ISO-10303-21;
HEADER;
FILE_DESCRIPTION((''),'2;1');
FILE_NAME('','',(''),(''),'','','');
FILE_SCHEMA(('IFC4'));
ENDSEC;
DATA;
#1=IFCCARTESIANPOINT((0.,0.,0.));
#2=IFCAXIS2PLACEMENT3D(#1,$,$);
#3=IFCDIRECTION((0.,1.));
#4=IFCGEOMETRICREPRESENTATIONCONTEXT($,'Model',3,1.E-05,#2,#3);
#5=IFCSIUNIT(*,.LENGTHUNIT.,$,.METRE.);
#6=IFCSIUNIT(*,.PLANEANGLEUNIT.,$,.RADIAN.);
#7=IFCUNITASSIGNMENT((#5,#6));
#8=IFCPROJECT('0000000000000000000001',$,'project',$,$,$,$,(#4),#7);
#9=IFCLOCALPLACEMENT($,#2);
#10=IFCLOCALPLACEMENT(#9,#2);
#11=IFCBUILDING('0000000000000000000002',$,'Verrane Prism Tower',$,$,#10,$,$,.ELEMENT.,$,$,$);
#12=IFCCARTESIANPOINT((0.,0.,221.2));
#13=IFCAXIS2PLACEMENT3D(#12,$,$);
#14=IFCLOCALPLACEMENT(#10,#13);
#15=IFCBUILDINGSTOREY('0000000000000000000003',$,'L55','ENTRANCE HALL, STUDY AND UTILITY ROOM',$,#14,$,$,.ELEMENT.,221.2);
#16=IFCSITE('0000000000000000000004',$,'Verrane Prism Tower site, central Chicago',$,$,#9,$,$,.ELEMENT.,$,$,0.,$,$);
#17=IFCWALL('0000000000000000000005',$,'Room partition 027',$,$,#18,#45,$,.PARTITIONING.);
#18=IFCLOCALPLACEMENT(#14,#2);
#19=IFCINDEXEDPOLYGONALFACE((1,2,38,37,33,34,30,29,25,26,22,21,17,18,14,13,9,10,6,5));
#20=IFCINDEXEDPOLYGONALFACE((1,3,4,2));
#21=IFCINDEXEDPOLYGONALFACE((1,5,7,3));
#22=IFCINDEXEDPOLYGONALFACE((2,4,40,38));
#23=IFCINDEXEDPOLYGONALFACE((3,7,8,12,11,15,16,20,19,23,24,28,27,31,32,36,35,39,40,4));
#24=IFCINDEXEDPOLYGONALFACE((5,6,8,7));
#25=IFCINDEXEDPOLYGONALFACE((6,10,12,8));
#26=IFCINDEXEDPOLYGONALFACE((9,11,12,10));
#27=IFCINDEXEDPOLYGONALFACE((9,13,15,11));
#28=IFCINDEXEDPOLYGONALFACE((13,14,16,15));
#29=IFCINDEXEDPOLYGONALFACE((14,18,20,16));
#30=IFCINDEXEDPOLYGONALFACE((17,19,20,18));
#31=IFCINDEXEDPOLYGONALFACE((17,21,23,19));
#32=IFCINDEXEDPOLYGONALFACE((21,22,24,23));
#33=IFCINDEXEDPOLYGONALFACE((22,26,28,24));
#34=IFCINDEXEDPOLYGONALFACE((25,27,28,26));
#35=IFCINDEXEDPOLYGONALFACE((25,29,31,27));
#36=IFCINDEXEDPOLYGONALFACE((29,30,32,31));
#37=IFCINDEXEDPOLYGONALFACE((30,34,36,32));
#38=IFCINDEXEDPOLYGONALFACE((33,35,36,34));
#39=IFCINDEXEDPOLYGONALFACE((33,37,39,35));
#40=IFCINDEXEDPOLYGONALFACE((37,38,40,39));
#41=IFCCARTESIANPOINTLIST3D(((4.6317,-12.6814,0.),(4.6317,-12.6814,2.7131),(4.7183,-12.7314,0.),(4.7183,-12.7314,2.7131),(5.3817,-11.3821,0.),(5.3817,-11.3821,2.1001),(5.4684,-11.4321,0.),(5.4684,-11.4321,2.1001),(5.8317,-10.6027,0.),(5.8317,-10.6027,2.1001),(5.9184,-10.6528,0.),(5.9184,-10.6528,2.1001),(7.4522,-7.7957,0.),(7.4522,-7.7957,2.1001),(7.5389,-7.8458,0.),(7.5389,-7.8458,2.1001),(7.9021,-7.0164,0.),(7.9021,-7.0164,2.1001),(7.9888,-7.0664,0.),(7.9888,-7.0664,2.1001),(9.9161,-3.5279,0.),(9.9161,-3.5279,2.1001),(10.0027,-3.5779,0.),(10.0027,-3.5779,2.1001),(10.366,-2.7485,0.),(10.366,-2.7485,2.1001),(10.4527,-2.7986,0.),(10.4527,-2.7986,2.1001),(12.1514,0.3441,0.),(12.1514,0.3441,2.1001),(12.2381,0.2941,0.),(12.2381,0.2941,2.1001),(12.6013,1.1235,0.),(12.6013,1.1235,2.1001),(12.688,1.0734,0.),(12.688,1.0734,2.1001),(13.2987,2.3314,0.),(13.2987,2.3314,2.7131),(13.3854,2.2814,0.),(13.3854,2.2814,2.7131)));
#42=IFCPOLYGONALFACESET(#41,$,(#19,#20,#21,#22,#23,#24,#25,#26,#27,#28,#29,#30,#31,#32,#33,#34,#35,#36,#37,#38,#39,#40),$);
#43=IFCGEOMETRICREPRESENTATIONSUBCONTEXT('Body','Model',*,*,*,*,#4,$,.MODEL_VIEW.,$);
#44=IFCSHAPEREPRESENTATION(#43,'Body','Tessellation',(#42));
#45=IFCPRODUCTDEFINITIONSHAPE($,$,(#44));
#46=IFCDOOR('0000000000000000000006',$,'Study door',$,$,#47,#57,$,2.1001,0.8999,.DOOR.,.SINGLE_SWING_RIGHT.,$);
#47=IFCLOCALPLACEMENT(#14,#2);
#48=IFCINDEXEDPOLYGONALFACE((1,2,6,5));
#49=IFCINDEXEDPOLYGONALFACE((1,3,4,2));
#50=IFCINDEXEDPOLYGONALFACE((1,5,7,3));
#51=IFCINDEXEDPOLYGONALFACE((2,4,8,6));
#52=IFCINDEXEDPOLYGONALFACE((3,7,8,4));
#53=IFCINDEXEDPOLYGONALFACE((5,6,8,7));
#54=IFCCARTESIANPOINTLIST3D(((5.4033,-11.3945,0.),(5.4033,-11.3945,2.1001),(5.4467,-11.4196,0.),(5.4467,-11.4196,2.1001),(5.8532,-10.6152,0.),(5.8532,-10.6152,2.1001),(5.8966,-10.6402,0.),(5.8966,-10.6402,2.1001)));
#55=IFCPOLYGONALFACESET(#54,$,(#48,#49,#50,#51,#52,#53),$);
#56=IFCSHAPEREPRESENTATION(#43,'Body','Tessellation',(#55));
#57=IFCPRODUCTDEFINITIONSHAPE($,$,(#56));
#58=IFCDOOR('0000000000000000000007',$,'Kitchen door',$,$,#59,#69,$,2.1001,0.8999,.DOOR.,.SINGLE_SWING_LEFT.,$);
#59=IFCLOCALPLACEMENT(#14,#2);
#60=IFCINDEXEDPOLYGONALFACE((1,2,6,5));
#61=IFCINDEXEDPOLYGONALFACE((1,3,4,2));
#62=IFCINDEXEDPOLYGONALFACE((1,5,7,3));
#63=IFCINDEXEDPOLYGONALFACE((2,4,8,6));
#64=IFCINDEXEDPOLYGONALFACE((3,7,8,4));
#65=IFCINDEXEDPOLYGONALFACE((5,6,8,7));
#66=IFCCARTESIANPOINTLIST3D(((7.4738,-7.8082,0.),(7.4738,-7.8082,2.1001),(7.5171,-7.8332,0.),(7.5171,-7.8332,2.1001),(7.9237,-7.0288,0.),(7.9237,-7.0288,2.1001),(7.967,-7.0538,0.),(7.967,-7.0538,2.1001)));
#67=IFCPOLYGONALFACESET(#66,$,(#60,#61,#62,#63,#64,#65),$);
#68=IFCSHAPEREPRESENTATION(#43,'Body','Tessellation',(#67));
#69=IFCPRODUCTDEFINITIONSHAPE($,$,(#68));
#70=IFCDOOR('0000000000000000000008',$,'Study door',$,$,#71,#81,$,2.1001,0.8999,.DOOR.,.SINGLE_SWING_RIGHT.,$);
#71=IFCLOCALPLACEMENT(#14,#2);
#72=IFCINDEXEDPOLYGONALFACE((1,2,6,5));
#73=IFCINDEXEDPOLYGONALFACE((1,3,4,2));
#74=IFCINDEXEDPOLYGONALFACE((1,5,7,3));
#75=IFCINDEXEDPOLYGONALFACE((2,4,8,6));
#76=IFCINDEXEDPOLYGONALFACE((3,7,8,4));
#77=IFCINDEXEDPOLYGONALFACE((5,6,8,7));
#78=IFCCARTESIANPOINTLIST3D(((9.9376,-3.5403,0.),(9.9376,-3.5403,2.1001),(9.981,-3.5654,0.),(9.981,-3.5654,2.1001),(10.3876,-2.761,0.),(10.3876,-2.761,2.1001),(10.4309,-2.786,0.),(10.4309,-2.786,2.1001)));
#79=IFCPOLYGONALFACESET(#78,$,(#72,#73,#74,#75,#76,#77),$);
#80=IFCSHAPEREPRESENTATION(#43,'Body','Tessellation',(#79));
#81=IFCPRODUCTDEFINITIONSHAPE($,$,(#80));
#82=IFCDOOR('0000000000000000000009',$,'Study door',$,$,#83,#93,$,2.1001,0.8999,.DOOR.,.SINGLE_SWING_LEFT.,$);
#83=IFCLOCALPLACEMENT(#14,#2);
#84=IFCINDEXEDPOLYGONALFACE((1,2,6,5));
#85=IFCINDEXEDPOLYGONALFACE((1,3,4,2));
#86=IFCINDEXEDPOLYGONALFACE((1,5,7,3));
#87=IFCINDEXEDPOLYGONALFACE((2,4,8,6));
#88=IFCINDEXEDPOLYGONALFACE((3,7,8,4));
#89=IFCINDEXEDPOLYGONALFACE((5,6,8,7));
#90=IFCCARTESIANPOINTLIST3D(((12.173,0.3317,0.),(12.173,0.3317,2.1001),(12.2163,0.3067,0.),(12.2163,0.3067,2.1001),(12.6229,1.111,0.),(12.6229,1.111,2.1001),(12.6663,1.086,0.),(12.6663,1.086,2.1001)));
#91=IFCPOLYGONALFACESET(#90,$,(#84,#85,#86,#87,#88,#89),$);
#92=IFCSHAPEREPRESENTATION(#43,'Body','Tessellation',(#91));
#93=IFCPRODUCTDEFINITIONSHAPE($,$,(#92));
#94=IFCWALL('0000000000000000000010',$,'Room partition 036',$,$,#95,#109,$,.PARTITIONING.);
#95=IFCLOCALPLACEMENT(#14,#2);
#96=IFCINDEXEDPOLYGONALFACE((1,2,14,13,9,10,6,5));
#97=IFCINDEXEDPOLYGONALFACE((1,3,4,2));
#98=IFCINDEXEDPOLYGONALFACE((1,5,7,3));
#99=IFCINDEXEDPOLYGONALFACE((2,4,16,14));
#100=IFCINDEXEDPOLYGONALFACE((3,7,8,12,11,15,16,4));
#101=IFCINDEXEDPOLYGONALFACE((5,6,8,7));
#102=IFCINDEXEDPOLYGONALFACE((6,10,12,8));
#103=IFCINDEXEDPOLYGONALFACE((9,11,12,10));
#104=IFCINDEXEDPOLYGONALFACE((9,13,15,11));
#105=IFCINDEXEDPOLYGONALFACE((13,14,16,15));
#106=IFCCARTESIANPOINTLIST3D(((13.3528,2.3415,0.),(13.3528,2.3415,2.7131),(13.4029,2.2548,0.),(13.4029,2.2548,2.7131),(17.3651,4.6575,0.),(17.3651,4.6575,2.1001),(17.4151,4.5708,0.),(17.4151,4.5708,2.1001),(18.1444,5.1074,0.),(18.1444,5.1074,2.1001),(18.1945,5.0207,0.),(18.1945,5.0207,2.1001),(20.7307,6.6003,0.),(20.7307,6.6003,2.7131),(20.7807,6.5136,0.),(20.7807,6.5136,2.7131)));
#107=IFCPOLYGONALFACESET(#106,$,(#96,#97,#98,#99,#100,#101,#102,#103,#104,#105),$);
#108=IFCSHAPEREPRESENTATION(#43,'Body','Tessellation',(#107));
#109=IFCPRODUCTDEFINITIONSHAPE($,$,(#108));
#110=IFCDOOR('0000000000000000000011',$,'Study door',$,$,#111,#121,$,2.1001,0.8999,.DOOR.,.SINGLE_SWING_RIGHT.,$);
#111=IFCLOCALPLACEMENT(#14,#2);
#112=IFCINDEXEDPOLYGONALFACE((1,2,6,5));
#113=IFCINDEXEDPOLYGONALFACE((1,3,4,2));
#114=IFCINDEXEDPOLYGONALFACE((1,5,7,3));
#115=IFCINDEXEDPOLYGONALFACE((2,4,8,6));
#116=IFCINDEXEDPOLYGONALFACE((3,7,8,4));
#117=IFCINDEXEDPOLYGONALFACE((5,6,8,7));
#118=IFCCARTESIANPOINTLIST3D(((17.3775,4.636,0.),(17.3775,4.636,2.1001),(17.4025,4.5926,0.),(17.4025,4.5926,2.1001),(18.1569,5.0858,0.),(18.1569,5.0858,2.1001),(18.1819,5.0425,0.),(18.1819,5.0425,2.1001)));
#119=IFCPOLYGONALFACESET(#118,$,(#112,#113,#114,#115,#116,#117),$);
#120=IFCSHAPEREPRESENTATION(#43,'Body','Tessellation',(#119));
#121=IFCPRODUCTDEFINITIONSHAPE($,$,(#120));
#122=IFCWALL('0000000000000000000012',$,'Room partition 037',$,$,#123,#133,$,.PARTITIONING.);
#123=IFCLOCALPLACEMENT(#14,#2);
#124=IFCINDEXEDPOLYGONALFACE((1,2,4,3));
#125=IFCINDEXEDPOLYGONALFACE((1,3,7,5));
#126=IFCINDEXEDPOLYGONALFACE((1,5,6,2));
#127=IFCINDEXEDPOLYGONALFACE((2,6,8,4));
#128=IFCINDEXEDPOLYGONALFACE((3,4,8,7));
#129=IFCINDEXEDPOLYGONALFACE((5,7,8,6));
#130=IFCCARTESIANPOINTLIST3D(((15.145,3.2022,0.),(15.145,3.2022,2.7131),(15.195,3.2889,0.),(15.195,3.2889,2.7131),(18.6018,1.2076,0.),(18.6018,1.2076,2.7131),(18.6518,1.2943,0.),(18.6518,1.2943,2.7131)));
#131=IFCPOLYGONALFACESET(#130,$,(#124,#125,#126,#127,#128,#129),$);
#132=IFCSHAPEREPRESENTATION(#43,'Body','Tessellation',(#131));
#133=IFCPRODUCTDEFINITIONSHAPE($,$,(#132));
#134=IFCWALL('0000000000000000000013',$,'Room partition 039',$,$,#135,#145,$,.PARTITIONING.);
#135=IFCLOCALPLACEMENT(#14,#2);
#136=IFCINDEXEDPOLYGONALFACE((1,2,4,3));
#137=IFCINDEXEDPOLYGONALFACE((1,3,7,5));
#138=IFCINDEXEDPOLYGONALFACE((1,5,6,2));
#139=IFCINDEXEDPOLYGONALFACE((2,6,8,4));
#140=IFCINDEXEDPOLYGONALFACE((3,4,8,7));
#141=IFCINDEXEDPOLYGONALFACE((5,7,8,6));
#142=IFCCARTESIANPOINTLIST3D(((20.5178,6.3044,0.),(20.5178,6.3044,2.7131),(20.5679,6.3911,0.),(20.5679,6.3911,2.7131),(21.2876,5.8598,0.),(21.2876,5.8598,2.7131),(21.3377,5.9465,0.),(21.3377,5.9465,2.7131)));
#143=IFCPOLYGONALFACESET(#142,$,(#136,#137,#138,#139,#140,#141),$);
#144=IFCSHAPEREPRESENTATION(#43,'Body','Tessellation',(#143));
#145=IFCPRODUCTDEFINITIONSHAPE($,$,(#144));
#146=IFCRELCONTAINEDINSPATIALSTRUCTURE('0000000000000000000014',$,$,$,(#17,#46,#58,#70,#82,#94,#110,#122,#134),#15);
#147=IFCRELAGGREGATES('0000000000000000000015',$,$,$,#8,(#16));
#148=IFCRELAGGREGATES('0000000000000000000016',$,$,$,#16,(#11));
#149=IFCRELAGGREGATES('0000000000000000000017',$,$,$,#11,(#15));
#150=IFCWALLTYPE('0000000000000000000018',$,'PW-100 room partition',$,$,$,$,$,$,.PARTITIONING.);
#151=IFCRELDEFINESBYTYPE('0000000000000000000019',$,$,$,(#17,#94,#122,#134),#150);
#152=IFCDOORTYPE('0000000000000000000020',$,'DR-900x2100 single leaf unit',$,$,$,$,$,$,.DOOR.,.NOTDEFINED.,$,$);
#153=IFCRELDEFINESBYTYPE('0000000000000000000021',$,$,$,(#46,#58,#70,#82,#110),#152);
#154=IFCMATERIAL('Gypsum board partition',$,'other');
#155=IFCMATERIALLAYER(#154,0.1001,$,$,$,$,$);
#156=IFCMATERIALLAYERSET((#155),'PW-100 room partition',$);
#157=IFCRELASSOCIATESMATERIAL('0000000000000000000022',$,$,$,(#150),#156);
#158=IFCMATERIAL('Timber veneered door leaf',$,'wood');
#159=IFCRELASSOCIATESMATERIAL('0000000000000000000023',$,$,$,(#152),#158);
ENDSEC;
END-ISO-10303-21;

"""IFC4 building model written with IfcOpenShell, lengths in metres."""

from ifc_helpers import new_model, si_unit, direction, frame, frame_2d, origin, place, context, subcontext, project, spatial, rectangle, extrude, material, layer, layer_set, type_object, element, fill, save


model = new_model("IFC4")

# Units and contexts
model_context = context("Model", 3, precision=1e-05, world=origin(), true_north=direction((0.0, 1.0)))
body_context = subcontext(model_context, "Body", "Model", "MODEL_VIEW")
ifc_project = project(units=[si_unit("LENGTHUNIT", "METRE"), si_unit("PLANEANGLEUNIT", "RADIAN")], contexts=[model_context])

# Site, building, storey
site_placement = place(None, origin())
site = spatial("IfcSite", under=ifc_project, at=site_placement, Name="Verrane Prism Tower site, central Chicago", CompositionType="ELEMENT", RefElevation=0.0)
building_placement = place(site_placement, origin())
building = spatial("IfcBuilding", under=site, at=building_placement, Name="Verrane Prism Tower", CompositionType="ELEMENT")
storey_placement = place(building_placement, frame((0.0, 0.0, 221.2)))
storey = spatial("IfcBuildingStorey", under=building, at=storey_placement, Name="L55", Description="ENTRANCE HALL, STUDY AND UTILITY ROOM", CompositionType="ELEMENT", Elevation=221.2)

# Wall, openings, doors
ifc_material_1 = material(Name="Gypsum board partition", Category="other")
ifc_layer_1 = layer(ifc_material_1, 0.1001)
ifc_layer_set_1 = layer_set([ifc_layer_1], Name="PW-100 room partition")
wall_type_1 = type_object("IfcWallType", Name="PW-100 room partition", PredefinedType="PARTITIONING", material=ifc_layer_set_1)
wall_1_placement = place(storey_placement, frame((13.342, 2.3064, 0.0), z_axis=(0.0, 0.0, 1.0), x_axis=(-0.499974, -0.86604, 0.0)))
wall_1 = element("IfcWall", 1, at=wall_1_placement, inside=storey, type_object=wall_type_1, Name="Room partition 027", PredefinedType="PARTITIONING", context=body_context, shape_type="SweptSolid", body=[
    extrude(rectangle(XDim=17.335, YDim=0.1001, at=frame_2d((8.6675, 0.0))), origin(), (0.0, 0.0, 1.0), 2.7131),
])
opening_1_placement = place(wall_1_placement, frame((14.9348, 0.0, 0.0)))
opening_1 = element("IfcOpeningElement", 2, at=opening_1_placement, cuts=wall_1, PredefinedType="OPENING", context=body_context, shape_type="SweptSolid", body=[
    extrude(rectangle(XDim=0.8999, YDim=2.1001, at=frame_2d((0.45, 1.05))), frame((0.0, 0.0601, 0.0), z_axis=(0.0, -1.0, 0.0), x_axis=(1.0, 0.0, 0.0)), (0.0, 0.0, 1.0), 0.1201),
])
opening_2_placement = place(wall_1_placement, frame((10.7937, 0.0, 0.0)))
opening_2 = element("IfcOpeningElement", 3, at=opening_2_placement, cuts=wall_1, PredefinedType="OPENING", context=body_context, shape_type="SweptSolid", body=[
    extrude(rectangle(XDim=0.8999, YDim=2.1001, at=frame_2d((0.45, 1.05))), frame((0.0, 0.0601, 0.0), z_axis=(0.0, -1.0, 0.0), x_axis=(1.0, 0.0, 0.0)), (0.0, 0.0, 1.0), 0.1201),
])
opening_3_placement = place(wall_1_placement, frame((5.8657, 0.0, 0.0)))
opening_3 = element("IfcOpeningElement", 4, at=opening_3_placement, cuts=wall_1, PredefinedType="OPENING", context=body_context, shape_type="SweptSolid", body=[
    extrude(rectangle(XDim=0.8999, YDim=2.1001, at=frame_2d((0.45, 1.05))), frame((0.0, 0.0601, 0.0), z_axis=(0.0, -1.0, 0.0), x_axis=(1.0, 0.0, 0.0)), (0.0, 0.0, 1.0), 0.1201),
])
opening_4_placement = place(wall_1_placement, frame((1.3948, 0.0, 0.0)))
opening_4 = element("IfcOpeningElement", 5, at=opening_4_placement, cuts=wall_1, PredefinedType="OPENING", context=body_context, shape_type="SweptSolid", body=[
    extrude(rectangle(XDim=0.8999, YDim=2.1001, at=frame_2d((0.45, 1.05))), frame((0.0, 0.0601, 0.0), z_axis=(0.0, -1.0, 0.0), x_axis=(1.0, 0.0, 0.0)), (0.0, 0.0, 1.0), 0.1201),
])
ifc_material_2 = material(Name="Timber veneered door leaf", Category="wood")
door_type_1 = type_object("IfcDoorType", Name="DR-900x2100 single leaf unit", OperationType="NOTDEFINED", PredefinedType="DOOR", material=ifc_material_2)
door_1_placement = place(opening_1_placement, origin())
door_1 = element("IfcDoor", 6, at=door_1_placement, inside=storey, type_object=door_type_1, Name="Study door", OperationType="SINGLE_SWING_RIGHT", OverallHeight=2.1001, OverallWidth=0.8999, PredefinedType="DOOR", context=body_context, shape_type="SweptSolid", body=[
    extrude(rectangle(XDim=0.8999, YDim=2.1001, at=frame_2d((0.45, 1.05))), frame((0.0, 0.0249, 0.0), z_axis=(0.0, -1.0, 0.0), x_axis=(1.0, 0.0, 0.0)), (0.0, 0.0, 1.0), 0.05),
])
fill(opening_1, door_1)
door_2_placement = place(opening_2_placement, origin())
door_2 = element("IfcDoor", 7, at=door_2_placement, inside=storey, type_object=door_type_1, Name="Kitchen door", OperationType="SINGLE_SWING_LEFT", OverallHeight=2.1001, OverallWidth=0.8999, PredefinedType="DOOR", context=body_context, shape_type="SweptSolid", body=[
    extrude(rectangle(XDim=0.8999, YDim=2.1001, at=frame_2d((0.45, 1.05))), frame((0.0, 0.0249, 0.0), z_axis=(0.0, -1.0, 0.0), x_axis=(1.0, 0.0, 0.0)), (0.0, 0.0, 1.0), 0.05),
])
fill(opening_2, door_2)
door_3_placement = place(opening_3_placement, origin())
door_3 = element("IfcDoor", 8, at=door_3_placement, inside=storey, type_object=door_type_1, Name="Study door", OperationType="SINGLE_SWING_RIGHT", OverallHeight=2.1001, OverallWidth=0.8999, PredefinedType="DOOR", context=body_context, shape_type="SweptSolid", body=[
    extrude(rectangle(XDim=0.8999, YDim=2.1001, at=frame_2d((0.45, 1.05))), frame((0.0, 0.0249, 0.0), z_axis=(0.0, -1.0, 0.0), x_axis=(1.0, 0.0, 0.0)), (0.0, 0.0, 1.0), 0.05),
])
fill(opening_3, door_3)
door_4_placement = place(opening_4_placement, origin())
door_4 = element("IfcDoor", 9, at=door_4_placement, inside=storey, type_object=door_type_1, Name="Study door", OperationType="SINGLE_SWING_LEFT", OverallHeight=2.1001, OverallWidth=0.8999, PredefinedType="DOOR", context=body_context, shape_type="SweptSolid", body=[
    extrude(rectangle(XDim=0.8999, YDim=2.1001, at=frame_2d((0.45, 1.05))), frame((0.0, 0.0249, 0.0), z_axis=(0.0, -1.0, 0.0), x_axis=(1.0, 0.0, 0.0)), (0.0, 0.0, 1.0), 0.05),
])
fill(opening_4, door_4)

# Wall, opening, door
wall_2_placement = place(storey_placement, frame((20.7556, 6.5569, 0.0), z_axis=(0.0, 0.0, 1.0), x_axis=(-0.866069, -0.499924, 0.0)))
wall_2 = element("IfcWall", 10, at=wall_2_placement, inside=storey, type_object=wall_type_1, Name="Room partition 036", PredefinedType="PARTITIONING", context=body_context, shape_type="SweptSolid", body=[
    extrude(rectangle(XDim=8.5188, YDim=0.1001, at=frame_2d((4.2593, 0.0))), origin(), (0.0, 0.0, 1.0), 2.7131),
])
opening_5_placement = place(wall_2_placement, frame((2.9861, 0.0, 0.0)))
opening_5 = element("IfcOpeningElement", 11, at=opening_5_placement, cuts=wall_2, PredefinedType="OPENING", context=body_context, shape_type="SweptSolid", body=[
    extrude(rectangle(XDim=0.8999, YDim=2.1001, at=frame_2d((0.45, 1.05))), frame((0.0, 0.0601, 0.0), z_axis=(0.0, -1.0, 0.0), x_axis=(1.0, 0.0, 0.0)), (0.0, 0.0, 1.0), 0.1201),
])
door_5_placement = place(opening_5_placement, origin())
door_5 = element("IfcDoor", 12, at=door_5_placement, inside=storey, type_object=door_type_1, Name="Study door", OperationType="SINGLE_SWING_RIGHT", OverallHeight=2.1001, OverallWidth=0.8999, PredefinedType="DOOR", context=body_context, shape_type="SweptSolid", body=[
    extrude(rectangle(XDim=0.8999, YDim=2.1001, at=frame_2d((0.45, 1.05))), frame((0.0, 0.0249, 0.0), z_axis=(0.0, -1.0, 0.0), x_axis=(1.0, 0.0, 0.0)), (0.0, 0.0, 1.0), 0.05),
])
fill(opening_5, door_5)

# Walls
wall_3_placement = place(storey_placement, frame((15.1699, 3.2456, 0.0), z_axis=(0.0, 0.0, 1.0), x_axis=(0.86615, -0.499784, 0.0)))
element("IfcWall", 13, at=wall_3_placement, inside=storey, type_object=wall_type_1, Name="Room partition 037", PredefinedType="PARTITIONING", context=body_context, shape_type="SweptSolid", body=[
    extrude(rectangle(XDim=3.991, YDim=0.1001, at=frame_2d((1.9956, 0.0))), origin(), (0.0, 0.0, 1.0), 2.7131),
])
wall_4_placement = place(storey_placement, frame((20.543, 6.3477, 0.0), z_axis=(0.0, 0.0, 1.0), x_axis=(0.865952, -0.500127, 0.0)))
element("IfcWall", 14, at=wall_4_placement, inside=storey, type_object=wall_type_1, Name="Room partition 039", PredefinedType="PARTITIONING", context=body_context, shape_type="SweptSolid", body=[
    extrude(rectangle(XDim=0.8889, YDim=0.1001, at=frame_2d((0.4443, 0.0))), origin(), (0.0, 0.0, 1.0), 2.7131),
])

save(model, "model.ifc")
